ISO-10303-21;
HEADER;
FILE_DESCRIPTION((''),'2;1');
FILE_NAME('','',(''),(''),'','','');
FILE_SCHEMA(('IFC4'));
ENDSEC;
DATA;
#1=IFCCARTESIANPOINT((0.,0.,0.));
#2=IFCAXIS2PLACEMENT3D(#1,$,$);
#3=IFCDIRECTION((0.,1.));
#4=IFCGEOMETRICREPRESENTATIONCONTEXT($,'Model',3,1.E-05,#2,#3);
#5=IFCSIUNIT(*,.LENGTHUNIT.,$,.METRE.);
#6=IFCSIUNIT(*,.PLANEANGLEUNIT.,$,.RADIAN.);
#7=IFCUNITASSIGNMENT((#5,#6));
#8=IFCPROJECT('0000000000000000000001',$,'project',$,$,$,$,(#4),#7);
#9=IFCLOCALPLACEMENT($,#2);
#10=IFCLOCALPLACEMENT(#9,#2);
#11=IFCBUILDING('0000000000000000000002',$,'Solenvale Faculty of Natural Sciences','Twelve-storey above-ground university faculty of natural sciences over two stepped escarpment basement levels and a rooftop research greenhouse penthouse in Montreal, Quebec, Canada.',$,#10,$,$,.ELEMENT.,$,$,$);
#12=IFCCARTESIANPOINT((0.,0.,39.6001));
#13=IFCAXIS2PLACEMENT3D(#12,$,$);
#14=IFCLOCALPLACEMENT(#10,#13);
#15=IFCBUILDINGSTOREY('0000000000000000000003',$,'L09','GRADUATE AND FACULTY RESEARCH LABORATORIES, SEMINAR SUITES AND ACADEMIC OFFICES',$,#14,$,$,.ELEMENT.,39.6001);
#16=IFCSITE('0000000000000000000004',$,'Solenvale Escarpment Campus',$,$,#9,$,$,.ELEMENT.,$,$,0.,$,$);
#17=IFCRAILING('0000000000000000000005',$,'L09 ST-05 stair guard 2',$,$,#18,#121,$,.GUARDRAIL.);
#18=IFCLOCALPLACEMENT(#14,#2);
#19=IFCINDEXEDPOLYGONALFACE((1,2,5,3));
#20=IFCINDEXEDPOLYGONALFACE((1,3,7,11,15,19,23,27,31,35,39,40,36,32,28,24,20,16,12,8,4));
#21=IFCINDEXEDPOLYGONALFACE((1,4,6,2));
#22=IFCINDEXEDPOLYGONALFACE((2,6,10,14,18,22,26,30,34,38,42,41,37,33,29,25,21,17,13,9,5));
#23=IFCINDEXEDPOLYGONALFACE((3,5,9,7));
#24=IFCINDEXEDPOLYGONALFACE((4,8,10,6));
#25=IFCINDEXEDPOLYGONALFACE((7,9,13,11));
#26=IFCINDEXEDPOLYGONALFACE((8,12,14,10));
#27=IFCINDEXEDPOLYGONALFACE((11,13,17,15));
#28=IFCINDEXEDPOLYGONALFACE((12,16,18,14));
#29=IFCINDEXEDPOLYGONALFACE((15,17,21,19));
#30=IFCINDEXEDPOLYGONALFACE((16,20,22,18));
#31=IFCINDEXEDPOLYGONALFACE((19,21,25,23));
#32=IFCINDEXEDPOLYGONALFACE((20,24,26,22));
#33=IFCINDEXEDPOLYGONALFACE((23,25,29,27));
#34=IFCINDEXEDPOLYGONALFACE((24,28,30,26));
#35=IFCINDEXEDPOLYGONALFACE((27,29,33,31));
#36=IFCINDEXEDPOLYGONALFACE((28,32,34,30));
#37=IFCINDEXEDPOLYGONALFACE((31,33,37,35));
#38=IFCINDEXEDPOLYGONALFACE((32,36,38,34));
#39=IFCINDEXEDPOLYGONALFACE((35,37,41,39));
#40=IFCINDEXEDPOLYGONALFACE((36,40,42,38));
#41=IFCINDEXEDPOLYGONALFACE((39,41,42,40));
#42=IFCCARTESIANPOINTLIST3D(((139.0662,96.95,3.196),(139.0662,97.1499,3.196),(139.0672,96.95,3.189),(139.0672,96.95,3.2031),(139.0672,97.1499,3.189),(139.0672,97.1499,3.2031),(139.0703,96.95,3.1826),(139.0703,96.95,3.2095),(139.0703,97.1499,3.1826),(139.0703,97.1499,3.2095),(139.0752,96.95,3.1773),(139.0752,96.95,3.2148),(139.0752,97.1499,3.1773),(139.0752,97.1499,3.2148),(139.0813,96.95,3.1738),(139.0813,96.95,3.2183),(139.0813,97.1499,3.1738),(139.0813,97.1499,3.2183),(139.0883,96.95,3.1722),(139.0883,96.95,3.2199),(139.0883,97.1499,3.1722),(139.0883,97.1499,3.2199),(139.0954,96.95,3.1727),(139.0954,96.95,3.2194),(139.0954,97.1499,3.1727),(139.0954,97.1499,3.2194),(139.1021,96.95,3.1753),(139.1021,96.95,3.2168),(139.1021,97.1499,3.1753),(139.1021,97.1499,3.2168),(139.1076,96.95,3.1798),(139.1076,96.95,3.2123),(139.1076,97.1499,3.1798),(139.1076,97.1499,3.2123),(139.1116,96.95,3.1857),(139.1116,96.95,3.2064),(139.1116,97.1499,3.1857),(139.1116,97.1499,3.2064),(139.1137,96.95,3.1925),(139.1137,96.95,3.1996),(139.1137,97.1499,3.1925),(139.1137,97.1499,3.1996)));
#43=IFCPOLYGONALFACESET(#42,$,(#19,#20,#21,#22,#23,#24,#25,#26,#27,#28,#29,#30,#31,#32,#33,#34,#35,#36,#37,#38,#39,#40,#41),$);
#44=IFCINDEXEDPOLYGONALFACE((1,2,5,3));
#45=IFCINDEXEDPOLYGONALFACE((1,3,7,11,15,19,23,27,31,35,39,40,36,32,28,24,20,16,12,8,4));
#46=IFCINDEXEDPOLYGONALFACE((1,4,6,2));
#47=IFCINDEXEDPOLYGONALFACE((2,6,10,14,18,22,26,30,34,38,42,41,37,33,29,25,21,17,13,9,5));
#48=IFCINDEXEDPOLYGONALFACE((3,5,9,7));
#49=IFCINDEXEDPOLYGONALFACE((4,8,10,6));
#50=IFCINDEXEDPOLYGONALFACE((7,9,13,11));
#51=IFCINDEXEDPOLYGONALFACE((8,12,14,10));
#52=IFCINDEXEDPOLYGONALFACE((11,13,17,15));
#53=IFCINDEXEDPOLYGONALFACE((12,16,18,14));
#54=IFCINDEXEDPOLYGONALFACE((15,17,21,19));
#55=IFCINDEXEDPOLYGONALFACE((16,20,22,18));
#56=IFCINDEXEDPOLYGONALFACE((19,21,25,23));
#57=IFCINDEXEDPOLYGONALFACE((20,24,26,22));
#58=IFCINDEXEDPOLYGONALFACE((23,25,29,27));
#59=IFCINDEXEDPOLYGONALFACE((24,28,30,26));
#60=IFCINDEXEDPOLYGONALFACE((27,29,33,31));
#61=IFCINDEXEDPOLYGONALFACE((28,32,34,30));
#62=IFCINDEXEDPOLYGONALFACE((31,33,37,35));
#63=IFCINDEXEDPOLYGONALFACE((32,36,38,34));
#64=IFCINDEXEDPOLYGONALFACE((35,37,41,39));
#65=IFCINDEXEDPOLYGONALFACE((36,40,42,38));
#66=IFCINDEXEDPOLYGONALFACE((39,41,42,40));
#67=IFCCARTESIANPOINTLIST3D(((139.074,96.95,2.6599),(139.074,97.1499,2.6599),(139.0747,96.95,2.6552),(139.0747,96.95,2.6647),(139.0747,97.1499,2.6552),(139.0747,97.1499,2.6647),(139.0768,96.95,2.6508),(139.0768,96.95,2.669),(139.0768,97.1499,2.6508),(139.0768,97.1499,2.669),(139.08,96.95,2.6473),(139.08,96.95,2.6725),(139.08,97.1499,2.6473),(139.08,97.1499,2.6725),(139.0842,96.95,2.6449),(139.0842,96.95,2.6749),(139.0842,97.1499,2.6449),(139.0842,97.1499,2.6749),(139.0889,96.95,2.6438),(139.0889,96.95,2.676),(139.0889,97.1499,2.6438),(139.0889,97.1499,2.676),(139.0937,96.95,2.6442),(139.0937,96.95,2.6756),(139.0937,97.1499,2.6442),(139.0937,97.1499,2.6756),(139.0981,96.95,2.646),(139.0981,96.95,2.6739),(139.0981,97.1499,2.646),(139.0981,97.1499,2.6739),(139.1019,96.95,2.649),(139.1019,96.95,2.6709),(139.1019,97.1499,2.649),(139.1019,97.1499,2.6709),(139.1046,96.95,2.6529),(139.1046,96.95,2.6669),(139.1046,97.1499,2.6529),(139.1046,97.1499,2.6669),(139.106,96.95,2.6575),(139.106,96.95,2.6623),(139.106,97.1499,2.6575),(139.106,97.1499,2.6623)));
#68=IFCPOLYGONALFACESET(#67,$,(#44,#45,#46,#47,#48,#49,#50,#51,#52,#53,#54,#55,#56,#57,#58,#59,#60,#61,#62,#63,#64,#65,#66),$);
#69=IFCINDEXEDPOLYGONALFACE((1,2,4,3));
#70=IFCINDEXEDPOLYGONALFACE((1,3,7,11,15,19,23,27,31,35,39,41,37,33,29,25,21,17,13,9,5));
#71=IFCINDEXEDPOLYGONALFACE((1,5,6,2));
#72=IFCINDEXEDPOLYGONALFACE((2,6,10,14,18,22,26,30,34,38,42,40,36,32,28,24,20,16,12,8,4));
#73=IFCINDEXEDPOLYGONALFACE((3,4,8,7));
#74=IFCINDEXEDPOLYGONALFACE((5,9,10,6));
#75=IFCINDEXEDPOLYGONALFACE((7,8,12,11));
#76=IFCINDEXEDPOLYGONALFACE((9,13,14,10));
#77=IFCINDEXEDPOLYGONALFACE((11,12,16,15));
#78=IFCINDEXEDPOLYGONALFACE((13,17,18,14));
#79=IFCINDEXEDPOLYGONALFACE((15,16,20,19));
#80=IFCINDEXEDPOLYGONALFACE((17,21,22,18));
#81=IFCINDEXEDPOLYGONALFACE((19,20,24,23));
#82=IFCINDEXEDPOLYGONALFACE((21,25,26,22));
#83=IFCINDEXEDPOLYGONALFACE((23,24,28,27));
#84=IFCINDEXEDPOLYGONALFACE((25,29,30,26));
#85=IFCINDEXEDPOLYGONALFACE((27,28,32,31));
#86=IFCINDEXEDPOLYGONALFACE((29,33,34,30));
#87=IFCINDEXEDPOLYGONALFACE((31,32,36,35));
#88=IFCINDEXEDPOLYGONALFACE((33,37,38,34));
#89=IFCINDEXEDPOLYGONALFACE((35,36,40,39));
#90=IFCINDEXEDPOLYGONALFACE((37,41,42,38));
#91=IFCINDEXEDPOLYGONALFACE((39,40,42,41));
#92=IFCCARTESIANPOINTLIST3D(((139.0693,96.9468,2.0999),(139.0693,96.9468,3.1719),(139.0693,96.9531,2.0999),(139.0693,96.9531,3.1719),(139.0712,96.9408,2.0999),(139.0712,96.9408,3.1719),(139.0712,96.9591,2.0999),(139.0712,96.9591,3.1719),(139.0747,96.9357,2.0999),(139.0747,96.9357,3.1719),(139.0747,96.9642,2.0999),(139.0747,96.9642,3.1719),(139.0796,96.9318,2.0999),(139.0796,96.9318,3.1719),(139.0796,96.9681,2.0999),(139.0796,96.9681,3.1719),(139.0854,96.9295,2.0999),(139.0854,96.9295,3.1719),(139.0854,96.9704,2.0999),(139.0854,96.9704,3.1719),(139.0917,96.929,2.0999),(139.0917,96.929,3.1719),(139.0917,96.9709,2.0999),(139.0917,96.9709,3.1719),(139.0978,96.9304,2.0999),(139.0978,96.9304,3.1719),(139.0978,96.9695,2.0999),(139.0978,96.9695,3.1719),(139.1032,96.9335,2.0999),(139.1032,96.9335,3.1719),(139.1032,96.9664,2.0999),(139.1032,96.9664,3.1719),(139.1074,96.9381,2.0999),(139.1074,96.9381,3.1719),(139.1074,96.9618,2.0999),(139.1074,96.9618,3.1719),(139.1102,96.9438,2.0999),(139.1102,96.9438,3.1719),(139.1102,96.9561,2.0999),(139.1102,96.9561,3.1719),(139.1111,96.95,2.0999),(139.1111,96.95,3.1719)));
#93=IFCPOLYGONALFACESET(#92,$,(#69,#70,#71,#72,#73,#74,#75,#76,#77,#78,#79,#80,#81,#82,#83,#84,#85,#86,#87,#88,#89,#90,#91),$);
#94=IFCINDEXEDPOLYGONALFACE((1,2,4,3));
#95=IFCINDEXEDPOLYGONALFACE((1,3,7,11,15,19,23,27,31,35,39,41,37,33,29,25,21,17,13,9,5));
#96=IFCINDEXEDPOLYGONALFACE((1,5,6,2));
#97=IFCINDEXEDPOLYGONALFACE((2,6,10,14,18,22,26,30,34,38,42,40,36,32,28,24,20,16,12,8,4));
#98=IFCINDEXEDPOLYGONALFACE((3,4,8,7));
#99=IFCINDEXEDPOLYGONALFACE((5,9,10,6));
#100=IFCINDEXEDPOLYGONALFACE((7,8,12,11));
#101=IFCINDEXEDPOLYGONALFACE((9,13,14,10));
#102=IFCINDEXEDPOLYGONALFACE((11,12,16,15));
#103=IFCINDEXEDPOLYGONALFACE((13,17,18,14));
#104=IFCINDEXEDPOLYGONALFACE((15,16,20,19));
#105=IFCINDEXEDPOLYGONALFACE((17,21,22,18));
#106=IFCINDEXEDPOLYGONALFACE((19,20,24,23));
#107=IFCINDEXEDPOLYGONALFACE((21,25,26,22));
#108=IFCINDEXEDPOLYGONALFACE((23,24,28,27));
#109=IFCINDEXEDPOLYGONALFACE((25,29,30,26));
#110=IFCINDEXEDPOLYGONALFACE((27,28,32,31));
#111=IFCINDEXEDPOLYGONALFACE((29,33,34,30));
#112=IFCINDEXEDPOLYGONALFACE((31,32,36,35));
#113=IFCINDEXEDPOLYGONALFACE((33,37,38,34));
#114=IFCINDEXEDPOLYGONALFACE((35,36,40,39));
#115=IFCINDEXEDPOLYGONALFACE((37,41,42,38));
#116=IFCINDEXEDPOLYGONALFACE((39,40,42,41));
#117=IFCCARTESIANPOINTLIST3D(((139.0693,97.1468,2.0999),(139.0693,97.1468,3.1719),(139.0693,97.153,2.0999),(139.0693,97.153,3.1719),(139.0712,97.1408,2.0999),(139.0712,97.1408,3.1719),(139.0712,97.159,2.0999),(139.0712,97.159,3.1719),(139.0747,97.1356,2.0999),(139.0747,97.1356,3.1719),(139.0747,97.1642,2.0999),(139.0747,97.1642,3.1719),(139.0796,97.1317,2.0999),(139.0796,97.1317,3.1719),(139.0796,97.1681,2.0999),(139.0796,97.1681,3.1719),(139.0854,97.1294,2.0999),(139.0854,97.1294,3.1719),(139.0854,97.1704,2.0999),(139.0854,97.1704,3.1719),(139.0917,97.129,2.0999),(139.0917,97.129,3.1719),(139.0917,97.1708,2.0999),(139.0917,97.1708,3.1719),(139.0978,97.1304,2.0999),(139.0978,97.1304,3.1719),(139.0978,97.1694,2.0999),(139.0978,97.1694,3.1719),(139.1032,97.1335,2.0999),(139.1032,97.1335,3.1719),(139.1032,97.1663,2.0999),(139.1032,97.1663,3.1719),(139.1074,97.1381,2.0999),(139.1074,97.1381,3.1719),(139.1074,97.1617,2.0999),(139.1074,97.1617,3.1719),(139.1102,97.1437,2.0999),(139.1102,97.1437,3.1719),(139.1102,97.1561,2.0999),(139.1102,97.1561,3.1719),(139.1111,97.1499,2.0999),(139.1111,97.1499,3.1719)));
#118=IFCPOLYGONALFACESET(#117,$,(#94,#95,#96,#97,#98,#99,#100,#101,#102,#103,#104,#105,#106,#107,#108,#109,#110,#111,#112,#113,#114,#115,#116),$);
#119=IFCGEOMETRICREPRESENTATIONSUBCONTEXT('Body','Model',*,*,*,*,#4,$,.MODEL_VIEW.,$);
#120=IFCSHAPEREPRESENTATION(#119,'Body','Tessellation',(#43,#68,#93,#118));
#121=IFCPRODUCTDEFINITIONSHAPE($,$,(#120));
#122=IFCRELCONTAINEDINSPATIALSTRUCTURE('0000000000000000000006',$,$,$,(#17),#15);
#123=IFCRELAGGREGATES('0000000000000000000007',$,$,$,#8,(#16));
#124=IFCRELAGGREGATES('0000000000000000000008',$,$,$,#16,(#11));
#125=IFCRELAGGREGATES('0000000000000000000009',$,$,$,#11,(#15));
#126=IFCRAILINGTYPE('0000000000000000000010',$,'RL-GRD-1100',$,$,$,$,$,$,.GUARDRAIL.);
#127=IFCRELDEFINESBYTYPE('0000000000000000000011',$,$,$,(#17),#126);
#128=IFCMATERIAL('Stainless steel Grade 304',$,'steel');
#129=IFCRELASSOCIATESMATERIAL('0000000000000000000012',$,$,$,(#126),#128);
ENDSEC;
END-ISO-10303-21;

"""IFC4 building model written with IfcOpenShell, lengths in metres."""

from ifc_helpers import new_model, si_unit, direction, frame, origin, origin_2d, place, context, subcontext, project, spatial, circle, extrude, material, type_object, element, save


model = new_model("IFC4")

# Units and contexts
model_context = context("Model", 3, precision=1e-05, world=origin(), true_north=direction((0.0, 1.0)))
body_context = subcontext(model_context, "Body", "Model", "MODEL_VIEW")
ifc_project = project(units=[si_unit("LENGTHUNIT", "METRE"), si_unit("PLANEANGLEUNIT", "RADIAN")], contexts=[model_context])

# Site, building, storey
site_placement = place(None, origin())
site = spatial("IfcSite", under=ifc_project, at=site_placement, Name="Solenvale Escarpment Campus", CompositionType="ELEMENT", RefElevation=0.0)
building_placement = place(site_placement, origin())
building = spatial("IfcBuilding", under=site, at=building_placement, Name="Solenvale Faculty of Natural Sciences", Description="Twelve-storey above-ground university faculty of natural sciences over two stepped escarpment basement levels and a rooftop research greenhouse penthouse in Montreal, Quebec, Canada.", CompositionType="ELEMENT")
storey_placement = place(building_placement, frame((0.0, 0.0, 39.6001)))
storey = spatial("IfcBuildingStorey", under=building, at=storey_placement, Name="L09", Description="GRADUATE AND FACULTY RESEARCH LABORATORIES, SEMINAR SUITES AND ACADEMIC OFFICES", CompositionType="ELEMENT", Elevation=39.6001)

# Railing
ifc_material_1 = material(Name="Stainless steel Grade 304", Category="steel")
railing_type = type_object("IfcRailingType", Name="RL-GRD-1100", PredefinedType="GUARDRAIL", material=ifc_material_1)
railing_1_placement = place(storey_placement, frame((139.0901, 96.95, 2.0999)))
element("IfcRailing", 1, at=railing_1_placement, inside=storey, type_object=railing_type, Name="L09 ST-05 stair guard 2", PredefinedType="GUARDRAIL", context=body_context, shape_type="SweptSolid", body=[
    extrude(circle(Radius=0.0239, at=origin_2d()), frame((0.0, 0.0, 1.0962), z_axis=(0.0, 1.0, 0.0), x_axis=(-1.0, 0.0, 0.0)), (0.0, 0.0, 1.0), 0.2),
    extrude(circle(Radius=0.0161, at=origin_2d()), frame((0.0, 0.0, 0.5601), z_axis=(0.0, 1.0, 0.0), x_axis=(-1.0, 0.0, 0.0)), (0.0, 0.0, 1.0), 0.2),
    extrude(circle(Radius=0.021, at=origin_2d()), origin(), (0.0, 0.0, 1.0), 1.072),
    extrude(circle(Radius=0.021, at=origin_2d()), frame((0.0, 0.2, 0.0)), (0.0, 0.0, 1.0), 1.072),
])

save(model, "model.ifc")
